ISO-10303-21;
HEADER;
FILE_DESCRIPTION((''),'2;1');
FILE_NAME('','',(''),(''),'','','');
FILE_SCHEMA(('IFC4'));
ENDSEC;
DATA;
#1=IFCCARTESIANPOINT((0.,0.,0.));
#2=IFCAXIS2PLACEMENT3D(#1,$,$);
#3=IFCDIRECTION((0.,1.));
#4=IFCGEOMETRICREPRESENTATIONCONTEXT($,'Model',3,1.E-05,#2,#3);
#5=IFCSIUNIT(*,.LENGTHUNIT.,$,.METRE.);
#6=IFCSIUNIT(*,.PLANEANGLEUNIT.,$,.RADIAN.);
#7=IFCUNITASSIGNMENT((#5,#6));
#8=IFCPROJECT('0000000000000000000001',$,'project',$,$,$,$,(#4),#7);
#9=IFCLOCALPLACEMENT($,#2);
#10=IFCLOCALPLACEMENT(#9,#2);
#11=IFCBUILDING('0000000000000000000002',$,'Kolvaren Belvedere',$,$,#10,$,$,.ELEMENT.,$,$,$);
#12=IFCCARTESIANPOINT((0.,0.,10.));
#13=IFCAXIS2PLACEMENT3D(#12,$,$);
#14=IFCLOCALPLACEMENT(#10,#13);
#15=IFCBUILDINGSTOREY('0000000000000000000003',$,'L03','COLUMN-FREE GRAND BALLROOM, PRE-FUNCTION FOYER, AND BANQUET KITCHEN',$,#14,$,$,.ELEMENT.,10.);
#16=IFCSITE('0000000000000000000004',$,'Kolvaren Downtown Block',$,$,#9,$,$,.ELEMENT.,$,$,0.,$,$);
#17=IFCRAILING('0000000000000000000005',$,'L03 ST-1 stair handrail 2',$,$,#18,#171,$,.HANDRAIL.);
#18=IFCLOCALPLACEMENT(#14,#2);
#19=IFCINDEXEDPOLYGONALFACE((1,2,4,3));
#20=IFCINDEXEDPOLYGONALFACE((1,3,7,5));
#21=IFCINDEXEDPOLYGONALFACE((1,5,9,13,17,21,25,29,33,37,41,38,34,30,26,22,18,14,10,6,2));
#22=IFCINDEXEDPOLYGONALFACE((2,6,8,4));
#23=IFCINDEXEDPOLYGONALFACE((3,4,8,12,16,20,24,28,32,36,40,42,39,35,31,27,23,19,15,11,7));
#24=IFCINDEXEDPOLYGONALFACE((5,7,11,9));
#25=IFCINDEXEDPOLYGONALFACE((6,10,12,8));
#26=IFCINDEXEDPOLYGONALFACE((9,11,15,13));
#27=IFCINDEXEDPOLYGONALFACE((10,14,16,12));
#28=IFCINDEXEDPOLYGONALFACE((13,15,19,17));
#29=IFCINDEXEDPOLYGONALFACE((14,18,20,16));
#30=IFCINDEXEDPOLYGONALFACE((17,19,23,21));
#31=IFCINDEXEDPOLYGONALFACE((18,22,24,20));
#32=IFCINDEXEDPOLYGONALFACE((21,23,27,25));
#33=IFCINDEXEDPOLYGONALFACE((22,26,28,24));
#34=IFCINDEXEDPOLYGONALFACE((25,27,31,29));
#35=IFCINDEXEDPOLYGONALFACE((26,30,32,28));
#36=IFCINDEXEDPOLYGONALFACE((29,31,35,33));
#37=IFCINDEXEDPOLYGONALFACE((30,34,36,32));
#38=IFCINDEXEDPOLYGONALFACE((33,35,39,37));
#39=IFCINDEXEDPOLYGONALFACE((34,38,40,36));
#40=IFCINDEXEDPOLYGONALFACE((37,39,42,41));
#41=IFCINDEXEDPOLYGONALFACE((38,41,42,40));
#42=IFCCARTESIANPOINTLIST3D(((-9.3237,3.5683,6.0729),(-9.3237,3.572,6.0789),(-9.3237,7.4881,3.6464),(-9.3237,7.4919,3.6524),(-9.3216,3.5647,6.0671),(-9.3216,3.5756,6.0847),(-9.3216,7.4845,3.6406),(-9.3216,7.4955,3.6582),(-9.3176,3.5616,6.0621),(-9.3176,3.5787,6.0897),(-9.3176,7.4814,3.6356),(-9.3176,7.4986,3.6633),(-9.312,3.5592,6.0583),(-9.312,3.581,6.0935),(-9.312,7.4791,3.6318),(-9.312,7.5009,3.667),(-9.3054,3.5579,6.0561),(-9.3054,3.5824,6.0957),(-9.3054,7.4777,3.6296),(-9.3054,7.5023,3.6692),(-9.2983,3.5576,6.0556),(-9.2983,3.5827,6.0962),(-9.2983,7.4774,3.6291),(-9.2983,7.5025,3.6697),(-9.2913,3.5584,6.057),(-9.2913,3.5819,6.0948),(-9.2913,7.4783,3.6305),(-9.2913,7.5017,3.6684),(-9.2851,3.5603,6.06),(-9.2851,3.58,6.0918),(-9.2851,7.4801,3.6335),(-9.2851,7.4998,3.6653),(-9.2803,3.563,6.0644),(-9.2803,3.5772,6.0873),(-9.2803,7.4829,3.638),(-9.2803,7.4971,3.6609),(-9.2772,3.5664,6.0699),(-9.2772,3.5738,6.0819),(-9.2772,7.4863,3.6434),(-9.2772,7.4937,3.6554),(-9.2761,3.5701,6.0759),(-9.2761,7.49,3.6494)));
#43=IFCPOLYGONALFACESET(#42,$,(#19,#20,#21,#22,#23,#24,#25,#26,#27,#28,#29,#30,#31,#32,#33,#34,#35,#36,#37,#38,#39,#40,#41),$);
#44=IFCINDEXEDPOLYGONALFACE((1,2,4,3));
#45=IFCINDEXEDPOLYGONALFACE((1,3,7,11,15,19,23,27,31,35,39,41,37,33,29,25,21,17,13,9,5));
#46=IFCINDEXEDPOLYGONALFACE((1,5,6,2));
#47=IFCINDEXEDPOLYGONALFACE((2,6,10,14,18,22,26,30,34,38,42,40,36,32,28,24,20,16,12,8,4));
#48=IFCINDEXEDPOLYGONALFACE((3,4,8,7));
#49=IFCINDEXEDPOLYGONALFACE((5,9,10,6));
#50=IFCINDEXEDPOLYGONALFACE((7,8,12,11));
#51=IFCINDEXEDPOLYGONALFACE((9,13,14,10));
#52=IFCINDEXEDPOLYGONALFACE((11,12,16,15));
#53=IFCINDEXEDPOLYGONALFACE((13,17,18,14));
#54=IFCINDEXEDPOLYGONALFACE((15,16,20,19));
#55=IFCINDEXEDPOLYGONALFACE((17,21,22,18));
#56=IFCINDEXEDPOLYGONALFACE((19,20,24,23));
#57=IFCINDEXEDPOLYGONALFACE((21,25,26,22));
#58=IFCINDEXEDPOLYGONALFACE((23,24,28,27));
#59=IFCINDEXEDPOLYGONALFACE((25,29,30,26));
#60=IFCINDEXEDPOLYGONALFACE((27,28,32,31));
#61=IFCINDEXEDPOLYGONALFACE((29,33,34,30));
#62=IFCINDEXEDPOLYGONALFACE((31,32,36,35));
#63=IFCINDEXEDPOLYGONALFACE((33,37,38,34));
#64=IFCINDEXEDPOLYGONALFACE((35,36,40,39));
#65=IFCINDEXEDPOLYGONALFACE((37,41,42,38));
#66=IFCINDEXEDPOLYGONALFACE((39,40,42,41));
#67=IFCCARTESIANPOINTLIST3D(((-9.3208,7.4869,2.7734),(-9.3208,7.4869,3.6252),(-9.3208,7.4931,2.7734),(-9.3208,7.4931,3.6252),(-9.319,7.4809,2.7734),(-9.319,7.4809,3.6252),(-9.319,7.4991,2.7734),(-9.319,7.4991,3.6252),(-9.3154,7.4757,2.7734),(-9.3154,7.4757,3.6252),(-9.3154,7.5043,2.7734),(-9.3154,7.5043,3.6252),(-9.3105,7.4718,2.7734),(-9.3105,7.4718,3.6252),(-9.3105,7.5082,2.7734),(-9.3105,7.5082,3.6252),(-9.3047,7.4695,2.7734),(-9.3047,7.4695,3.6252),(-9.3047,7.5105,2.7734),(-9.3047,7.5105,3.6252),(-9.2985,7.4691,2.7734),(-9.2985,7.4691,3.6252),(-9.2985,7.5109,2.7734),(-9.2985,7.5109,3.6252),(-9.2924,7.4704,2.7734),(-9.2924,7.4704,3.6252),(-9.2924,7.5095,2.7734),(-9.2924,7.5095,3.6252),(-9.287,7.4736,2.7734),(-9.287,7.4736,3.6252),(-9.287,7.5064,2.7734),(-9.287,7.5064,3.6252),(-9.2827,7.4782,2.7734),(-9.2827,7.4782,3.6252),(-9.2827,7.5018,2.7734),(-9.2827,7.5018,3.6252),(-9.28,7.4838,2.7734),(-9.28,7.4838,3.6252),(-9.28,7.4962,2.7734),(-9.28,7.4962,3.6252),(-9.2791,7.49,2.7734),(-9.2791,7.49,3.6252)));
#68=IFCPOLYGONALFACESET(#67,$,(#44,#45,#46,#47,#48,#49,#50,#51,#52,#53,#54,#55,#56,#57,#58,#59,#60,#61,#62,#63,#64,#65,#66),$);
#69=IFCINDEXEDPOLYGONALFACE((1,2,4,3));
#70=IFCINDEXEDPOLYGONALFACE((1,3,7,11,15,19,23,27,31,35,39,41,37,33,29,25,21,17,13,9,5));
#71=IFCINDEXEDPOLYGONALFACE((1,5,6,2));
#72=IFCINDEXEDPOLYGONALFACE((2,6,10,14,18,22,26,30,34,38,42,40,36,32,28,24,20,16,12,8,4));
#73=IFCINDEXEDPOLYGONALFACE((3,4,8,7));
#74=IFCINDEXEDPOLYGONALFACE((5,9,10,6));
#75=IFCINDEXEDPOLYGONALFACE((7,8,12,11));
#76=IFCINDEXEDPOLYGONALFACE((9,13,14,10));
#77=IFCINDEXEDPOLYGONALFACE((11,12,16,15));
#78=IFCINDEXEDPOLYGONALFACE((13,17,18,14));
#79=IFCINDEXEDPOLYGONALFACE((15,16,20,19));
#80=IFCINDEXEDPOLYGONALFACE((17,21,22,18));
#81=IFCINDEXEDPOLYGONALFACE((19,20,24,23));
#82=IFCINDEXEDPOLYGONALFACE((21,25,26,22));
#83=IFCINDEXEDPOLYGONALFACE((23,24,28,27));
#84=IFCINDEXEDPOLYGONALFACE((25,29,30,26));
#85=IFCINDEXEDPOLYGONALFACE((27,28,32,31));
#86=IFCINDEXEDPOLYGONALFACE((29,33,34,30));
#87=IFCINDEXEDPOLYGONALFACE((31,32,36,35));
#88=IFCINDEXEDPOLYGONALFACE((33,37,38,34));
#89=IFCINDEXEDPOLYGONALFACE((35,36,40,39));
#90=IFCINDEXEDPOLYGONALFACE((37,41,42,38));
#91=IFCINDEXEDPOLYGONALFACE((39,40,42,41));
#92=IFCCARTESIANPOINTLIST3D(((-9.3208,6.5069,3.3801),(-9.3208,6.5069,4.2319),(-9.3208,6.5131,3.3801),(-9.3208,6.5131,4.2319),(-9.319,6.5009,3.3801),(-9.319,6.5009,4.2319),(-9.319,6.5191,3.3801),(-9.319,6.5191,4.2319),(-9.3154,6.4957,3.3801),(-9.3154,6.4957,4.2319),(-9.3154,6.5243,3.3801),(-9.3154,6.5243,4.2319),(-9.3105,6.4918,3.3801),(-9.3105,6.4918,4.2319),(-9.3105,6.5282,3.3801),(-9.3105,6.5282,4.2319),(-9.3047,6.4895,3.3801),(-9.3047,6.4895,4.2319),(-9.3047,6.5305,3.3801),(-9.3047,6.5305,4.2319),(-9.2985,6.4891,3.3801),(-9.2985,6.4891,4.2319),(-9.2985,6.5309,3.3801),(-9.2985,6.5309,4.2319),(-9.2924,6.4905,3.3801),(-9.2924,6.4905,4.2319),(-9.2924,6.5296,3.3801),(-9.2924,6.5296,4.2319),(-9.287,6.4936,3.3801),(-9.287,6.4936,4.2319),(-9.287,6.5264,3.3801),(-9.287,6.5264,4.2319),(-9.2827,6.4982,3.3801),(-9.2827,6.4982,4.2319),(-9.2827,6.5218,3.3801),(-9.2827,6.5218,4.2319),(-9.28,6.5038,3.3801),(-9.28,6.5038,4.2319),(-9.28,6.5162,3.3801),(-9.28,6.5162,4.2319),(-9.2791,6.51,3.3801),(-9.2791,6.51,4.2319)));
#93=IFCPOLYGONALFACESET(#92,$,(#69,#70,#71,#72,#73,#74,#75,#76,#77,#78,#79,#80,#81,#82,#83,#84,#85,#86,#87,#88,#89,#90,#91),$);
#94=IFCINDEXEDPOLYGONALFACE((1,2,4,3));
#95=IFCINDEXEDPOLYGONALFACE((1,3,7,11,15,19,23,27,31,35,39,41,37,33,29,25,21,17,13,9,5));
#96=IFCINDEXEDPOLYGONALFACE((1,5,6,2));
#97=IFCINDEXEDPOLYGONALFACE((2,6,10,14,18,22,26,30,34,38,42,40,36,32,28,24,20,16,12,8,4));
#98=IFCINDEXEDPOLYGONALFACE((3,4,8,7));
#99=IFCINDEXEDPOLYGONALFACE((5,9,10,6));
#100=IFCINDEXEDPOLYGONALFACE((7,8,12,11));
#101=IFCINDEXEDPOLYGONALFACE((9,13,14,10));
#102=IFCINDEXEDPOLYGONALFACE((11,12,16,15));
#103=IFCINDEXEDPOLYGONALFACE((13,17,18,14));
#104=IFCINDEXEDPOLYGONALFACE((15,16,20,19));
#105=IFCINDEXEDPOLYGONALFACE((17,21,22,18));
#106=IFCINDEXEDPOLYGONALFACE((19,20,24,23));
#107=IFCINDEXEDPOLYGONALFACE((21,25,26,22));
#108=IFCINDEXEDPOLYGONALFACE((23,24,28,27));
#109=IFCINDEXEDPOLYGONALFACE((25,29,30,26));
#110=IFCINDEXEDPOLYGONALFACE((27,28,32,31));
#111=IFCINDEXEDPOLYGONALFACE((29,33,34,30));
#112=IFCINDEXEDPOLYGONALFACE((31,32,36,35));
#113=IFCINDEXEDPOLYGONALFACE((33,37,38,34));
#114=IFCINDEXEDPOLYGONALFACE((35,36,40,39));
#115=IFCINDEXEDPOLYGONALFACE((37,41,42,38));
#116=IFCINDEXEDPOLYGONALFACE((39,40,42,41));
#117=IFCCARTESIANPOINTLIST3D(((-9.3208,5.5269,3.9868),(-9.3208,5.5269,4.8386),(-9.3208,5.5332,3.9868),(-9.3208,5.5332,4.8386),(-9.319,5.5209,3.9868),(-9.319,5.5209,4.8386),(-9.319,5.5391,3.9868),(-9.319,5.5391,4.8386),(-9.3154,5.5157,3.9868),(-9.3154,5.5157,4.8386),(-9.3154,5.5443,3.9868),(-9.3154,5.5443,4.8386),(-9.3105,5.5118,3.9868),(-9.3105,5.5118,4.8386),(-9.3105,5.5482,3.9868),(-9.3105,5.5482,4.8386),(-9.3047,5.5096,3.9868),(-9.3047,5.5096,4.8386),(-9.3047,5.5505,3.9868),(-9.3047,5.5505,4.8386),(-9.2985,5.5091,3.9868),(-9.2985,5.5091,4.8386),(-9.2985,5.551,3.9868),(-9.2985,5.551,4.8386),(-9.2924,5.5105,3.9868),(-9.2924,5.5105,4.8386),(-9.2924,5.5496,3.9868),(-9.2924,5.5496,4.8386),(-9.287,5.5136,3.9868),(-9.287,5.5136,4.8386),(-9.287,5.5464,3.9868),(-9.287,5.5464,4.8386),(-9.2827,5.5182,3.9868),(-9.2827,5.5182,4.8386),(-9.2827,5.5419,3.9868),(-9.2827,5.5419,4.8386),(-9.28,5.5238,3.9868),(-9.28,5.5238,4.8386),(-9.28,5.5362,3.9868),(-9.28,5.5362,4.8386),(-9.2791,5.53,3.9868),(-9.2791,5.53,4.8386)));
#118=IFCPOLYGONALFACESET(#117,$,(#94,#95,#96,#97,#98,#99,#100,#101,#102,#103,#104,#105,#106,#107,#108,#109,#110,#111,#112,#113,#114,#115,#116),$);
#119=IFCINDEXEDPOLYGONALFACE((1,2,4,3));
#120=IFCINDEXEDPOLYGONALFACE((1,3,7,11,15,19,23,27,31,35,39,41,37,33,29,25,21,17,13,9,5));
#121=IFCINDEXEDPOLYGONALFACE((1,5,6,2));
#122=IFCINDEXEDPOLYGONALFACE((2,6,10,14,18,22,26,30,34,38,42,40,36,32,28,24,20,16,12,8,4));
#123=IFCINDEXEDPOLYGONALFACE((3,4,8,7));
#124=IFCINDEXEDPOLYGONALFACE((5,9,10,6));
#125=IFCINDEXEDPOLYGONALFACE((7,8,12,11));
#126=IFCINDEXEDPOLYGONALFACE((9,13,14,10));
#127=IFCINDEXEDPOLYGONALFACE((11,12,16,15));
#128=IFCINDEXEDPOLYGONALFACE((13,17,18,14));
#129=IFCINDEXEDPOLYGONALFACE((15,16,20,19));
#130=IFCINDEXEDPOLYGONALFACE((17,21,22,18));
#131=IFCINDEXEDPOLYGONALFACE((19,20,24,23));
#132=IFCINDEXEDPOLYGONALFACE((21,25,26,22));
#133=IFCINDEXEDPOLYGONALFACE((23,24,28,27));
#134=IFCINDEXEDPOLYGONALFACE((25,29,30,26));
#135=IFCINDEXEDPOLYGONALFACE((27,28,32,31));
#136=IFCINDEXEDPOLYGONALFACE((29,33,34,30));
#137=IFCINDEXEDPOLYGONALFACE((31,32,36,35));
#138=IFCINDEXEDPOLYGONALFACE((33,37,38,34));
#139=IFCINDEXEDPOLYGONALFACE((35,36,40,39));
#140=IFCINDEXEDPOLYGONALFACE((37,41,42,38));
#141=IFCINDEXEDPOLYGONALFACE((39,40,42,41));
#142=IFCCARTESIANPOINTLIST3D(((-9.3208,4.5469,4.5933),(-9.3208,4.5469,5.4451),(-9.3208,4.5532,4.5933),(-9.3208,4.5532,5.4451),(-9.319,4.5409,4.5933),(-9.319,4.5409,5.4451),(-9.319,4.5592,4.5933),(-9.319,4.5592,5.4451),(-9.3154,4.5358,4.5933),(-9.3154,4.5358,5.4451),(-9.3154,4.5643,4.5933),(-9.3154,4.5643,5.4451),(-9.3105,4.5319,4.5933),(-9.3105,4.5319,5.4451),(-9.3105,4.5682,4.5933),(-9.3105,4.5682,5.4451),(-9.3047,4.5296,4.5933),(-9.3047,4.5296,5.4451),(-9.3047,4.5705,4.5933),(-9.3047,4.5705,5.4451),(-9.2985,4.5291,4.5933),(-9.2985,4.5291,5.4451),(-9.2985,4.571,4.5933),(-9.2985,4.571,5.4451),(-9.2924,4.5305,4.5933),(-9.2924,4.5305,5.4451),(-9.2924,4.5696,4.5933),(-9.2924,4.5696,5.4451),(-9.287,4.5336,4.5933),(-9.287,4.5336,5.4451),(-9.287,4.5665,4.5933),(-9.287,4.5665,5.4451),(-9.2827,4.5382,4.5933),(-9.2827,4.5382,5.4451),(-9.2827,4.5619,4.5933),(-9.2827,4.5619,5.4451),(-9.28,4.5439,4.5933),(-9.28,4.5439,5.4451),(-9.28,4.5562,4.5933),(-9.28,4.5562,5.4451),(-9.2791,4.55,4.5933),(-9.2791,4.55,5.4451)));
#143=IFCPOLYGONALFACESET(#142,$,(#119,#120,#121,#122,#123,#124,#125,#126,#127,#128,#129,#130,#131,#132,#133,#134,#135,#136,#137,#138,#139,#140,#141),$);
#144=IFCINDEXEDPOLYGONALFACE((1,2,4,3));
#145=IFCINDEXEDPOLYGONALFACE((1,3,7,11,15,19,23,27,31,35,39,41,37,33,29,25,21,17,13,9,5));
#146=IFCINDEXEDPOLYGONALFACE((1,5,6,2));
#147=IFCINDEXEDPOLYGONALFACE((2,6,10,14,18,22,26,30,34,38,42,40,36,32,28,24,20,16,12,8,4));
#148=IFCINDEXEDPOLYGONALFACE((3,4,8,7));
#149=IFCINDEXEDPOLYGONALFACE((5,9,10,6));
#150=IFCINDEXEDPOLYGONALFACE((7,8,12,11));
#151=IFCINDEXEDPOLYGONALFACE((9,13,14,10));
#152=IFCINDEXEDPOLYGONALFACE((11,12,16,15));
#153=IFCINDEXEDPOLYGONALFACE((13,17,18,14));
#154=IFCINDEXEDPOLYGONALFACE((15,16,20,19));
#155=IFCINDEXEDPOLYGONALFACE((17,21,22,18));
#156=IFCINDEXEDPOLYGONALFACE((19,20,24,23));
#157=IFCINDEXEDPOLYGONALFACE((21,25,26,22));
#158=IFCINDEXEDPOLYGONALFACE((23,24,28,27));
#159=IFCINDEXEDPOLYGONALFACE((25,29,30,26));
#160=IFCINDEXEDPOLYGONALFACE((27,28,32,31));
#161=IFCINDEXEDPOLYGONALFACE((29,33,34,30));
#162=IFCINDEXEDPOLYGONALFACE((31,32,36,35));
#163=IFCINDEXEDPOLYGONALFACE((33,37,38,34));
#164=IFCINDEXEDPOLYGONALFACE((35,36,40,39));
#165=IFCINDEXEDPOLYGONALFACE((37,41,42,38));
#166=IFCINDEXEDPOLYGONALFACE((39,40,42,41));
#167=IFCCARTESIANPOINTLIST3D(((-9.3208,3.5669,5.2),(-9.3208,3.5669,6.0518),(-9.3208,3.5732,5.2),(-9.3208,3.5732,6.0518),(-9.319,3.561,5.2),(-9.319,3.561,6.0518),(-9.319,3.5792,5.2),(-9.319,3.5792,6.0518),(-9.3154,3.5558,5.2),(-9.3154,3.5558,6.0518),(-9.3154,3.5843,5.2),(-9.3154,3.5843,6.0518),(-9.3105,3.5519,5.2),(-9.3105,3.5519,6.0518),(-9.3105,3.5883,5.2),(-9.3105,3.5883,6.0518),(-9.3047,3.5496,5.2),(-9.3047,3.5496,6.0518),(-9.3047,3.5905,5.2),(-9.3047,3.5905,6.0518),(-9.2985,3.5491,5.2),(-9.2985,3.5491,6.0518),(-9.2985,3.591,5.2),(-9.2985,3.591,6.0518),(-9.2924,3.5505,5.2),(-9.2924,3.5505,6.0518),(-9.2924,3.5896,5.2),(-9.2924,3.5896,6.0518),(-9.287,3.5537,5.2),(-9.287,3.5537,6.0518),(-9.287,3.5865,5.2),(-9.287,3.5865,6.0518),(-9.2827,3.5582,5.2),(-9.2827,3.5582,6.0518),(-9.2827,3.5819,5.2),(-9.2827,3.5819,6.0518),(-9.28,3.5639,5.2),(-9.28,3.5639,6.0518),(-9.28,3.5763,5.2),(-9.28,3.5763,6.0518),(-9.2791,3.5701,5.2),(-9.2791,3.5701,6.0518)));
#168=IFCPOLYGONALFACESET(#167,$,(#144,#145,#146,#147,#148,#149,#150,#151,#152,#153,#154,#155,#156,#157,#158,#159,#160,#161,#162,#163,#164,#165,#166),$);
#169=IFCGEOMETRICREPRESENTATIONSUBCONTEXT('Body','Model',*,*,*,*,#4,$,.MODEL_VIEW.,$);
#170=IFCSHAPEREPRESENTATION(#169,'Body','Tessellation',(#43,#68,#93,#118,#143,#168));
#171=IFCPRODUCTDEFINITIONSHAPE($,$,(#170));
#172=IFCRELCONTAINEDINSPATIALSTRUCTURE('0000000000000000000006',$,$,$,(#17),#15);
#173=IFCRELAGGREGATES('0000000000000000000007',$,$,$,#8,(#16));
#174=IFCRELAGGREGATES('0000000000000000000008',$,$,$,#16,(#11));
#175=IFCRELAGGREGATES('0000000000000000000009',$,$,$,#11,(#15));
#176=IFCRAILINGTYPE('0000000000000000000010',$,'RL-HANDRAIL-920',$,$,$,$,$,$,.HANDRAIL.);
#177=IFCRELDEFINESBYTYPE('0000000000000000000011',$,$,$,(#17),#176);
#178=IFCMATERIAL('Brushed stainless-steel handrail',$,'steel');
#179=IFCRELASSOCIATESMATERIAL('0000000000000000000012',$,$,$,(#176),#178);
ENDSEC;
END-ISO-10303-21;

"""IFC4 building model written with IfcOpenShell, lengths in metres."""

from ifc_helpers import new_model, si_unit, direction, frame, origin, origin_2d, place, context, subcontext, project, spatial, circle, extrude, material, type_object, element, save


model = new_model("IFC4")

# Units and contexts
model_context = context("Model", 3, precision=1e-05, world=origin(), true_north=direction((0.0, 1.0)))
body_context = subcontext(model_context, "Body", "Model", "MODEL_VIEW")
ifc_project = project(units=[si_unit("LENGTHUNIT", "METRE"), si_unit("PLANEANGLEUNIT", "RADIAN")], contexts=[model_context])

# Site, building, storey
site_placement = place(None, origin())
site = spatial("IfcSite", under=ifc_project, at=site_placement, Name="Kolvaren Downtown Block", CompositionType="ELEMENT", RefElevation=0.0)
building_placement = place(site_placement, origin())
building = spatial("IfcBuilding", under=site, at=building_placement, Name="Kolvaren Belvedere", CompositionType="ELEMENT")
storey_placement = place(building_placement, frame((0.0, 0.0, 10.0)))
storey = spatial("IfcBuildingStorey", under=building, at=storey_placement, Name="L03", Description="COLUMN-FREE GRAND BALLROOM, PRE-FUNCTION FOYER, AND BANQUET KITCHEN", CompositionType="ELEMENT", Elevation=10.0)

# Railing
ifc_material_1 = material(Name="Brushed stainless-steel handrail", Category="steel")
railing_type_1 = type_object("IfcRailingType", Name="RL-HANDRAIL-920", PredefinedType="HANDRAIL", material=ifc_material_1)
railing_1_placement = place(storey_placement, frame((-9.3, 7.49, 2.7734)))
element("IfcRailing", 1, at=railing_1_placement, inside=storey, type_object=railing_type_1, Name="L03 ST-1 stair handrail 2", PredefinedType="HANDRAIL", context=body_context, shape_type="SweptSolid", body=[
    extrude(circle(Radius=0.0239, at=origin_2d()), frame((0.0, 0.0, 0.876), z_axis=(0.0, -0.850275, 0.526338), x_axis=(1.0, 0.0, 0.0)), (0.0, 0.0, 1.0), 4.6101),
    extrude(circle(Radius=0.021, at=origin_2d()), origin(), (0.0, 0.0, 1.0), 0.8518),
    extrude(circle(Radius=0.021, at=origin_2d()), frame((0.0, -0.98, 0.6067)), (0.0, 0.0, 1.0), 0.8518),
    extrude(circle(Radius=0.021, at=origin_2d()), frame((0.0, -1.96, 1.2134)), (0.0, 0.0, 1.0), 0.8518),
    extrude(circle(Radius=0.021, at=origin_2d()), frame((0.0, -2.9399, 1.8198)), (0.0, 0.0, 1.0), 0.8518),
    extrude(circle(Radius=0.021, at=origin_2d()), frame((0.0, -3.9199, 2.4265)), (0.0, 0.0, 1.0), 0.8518),
])

save(model, "model.ifc")
